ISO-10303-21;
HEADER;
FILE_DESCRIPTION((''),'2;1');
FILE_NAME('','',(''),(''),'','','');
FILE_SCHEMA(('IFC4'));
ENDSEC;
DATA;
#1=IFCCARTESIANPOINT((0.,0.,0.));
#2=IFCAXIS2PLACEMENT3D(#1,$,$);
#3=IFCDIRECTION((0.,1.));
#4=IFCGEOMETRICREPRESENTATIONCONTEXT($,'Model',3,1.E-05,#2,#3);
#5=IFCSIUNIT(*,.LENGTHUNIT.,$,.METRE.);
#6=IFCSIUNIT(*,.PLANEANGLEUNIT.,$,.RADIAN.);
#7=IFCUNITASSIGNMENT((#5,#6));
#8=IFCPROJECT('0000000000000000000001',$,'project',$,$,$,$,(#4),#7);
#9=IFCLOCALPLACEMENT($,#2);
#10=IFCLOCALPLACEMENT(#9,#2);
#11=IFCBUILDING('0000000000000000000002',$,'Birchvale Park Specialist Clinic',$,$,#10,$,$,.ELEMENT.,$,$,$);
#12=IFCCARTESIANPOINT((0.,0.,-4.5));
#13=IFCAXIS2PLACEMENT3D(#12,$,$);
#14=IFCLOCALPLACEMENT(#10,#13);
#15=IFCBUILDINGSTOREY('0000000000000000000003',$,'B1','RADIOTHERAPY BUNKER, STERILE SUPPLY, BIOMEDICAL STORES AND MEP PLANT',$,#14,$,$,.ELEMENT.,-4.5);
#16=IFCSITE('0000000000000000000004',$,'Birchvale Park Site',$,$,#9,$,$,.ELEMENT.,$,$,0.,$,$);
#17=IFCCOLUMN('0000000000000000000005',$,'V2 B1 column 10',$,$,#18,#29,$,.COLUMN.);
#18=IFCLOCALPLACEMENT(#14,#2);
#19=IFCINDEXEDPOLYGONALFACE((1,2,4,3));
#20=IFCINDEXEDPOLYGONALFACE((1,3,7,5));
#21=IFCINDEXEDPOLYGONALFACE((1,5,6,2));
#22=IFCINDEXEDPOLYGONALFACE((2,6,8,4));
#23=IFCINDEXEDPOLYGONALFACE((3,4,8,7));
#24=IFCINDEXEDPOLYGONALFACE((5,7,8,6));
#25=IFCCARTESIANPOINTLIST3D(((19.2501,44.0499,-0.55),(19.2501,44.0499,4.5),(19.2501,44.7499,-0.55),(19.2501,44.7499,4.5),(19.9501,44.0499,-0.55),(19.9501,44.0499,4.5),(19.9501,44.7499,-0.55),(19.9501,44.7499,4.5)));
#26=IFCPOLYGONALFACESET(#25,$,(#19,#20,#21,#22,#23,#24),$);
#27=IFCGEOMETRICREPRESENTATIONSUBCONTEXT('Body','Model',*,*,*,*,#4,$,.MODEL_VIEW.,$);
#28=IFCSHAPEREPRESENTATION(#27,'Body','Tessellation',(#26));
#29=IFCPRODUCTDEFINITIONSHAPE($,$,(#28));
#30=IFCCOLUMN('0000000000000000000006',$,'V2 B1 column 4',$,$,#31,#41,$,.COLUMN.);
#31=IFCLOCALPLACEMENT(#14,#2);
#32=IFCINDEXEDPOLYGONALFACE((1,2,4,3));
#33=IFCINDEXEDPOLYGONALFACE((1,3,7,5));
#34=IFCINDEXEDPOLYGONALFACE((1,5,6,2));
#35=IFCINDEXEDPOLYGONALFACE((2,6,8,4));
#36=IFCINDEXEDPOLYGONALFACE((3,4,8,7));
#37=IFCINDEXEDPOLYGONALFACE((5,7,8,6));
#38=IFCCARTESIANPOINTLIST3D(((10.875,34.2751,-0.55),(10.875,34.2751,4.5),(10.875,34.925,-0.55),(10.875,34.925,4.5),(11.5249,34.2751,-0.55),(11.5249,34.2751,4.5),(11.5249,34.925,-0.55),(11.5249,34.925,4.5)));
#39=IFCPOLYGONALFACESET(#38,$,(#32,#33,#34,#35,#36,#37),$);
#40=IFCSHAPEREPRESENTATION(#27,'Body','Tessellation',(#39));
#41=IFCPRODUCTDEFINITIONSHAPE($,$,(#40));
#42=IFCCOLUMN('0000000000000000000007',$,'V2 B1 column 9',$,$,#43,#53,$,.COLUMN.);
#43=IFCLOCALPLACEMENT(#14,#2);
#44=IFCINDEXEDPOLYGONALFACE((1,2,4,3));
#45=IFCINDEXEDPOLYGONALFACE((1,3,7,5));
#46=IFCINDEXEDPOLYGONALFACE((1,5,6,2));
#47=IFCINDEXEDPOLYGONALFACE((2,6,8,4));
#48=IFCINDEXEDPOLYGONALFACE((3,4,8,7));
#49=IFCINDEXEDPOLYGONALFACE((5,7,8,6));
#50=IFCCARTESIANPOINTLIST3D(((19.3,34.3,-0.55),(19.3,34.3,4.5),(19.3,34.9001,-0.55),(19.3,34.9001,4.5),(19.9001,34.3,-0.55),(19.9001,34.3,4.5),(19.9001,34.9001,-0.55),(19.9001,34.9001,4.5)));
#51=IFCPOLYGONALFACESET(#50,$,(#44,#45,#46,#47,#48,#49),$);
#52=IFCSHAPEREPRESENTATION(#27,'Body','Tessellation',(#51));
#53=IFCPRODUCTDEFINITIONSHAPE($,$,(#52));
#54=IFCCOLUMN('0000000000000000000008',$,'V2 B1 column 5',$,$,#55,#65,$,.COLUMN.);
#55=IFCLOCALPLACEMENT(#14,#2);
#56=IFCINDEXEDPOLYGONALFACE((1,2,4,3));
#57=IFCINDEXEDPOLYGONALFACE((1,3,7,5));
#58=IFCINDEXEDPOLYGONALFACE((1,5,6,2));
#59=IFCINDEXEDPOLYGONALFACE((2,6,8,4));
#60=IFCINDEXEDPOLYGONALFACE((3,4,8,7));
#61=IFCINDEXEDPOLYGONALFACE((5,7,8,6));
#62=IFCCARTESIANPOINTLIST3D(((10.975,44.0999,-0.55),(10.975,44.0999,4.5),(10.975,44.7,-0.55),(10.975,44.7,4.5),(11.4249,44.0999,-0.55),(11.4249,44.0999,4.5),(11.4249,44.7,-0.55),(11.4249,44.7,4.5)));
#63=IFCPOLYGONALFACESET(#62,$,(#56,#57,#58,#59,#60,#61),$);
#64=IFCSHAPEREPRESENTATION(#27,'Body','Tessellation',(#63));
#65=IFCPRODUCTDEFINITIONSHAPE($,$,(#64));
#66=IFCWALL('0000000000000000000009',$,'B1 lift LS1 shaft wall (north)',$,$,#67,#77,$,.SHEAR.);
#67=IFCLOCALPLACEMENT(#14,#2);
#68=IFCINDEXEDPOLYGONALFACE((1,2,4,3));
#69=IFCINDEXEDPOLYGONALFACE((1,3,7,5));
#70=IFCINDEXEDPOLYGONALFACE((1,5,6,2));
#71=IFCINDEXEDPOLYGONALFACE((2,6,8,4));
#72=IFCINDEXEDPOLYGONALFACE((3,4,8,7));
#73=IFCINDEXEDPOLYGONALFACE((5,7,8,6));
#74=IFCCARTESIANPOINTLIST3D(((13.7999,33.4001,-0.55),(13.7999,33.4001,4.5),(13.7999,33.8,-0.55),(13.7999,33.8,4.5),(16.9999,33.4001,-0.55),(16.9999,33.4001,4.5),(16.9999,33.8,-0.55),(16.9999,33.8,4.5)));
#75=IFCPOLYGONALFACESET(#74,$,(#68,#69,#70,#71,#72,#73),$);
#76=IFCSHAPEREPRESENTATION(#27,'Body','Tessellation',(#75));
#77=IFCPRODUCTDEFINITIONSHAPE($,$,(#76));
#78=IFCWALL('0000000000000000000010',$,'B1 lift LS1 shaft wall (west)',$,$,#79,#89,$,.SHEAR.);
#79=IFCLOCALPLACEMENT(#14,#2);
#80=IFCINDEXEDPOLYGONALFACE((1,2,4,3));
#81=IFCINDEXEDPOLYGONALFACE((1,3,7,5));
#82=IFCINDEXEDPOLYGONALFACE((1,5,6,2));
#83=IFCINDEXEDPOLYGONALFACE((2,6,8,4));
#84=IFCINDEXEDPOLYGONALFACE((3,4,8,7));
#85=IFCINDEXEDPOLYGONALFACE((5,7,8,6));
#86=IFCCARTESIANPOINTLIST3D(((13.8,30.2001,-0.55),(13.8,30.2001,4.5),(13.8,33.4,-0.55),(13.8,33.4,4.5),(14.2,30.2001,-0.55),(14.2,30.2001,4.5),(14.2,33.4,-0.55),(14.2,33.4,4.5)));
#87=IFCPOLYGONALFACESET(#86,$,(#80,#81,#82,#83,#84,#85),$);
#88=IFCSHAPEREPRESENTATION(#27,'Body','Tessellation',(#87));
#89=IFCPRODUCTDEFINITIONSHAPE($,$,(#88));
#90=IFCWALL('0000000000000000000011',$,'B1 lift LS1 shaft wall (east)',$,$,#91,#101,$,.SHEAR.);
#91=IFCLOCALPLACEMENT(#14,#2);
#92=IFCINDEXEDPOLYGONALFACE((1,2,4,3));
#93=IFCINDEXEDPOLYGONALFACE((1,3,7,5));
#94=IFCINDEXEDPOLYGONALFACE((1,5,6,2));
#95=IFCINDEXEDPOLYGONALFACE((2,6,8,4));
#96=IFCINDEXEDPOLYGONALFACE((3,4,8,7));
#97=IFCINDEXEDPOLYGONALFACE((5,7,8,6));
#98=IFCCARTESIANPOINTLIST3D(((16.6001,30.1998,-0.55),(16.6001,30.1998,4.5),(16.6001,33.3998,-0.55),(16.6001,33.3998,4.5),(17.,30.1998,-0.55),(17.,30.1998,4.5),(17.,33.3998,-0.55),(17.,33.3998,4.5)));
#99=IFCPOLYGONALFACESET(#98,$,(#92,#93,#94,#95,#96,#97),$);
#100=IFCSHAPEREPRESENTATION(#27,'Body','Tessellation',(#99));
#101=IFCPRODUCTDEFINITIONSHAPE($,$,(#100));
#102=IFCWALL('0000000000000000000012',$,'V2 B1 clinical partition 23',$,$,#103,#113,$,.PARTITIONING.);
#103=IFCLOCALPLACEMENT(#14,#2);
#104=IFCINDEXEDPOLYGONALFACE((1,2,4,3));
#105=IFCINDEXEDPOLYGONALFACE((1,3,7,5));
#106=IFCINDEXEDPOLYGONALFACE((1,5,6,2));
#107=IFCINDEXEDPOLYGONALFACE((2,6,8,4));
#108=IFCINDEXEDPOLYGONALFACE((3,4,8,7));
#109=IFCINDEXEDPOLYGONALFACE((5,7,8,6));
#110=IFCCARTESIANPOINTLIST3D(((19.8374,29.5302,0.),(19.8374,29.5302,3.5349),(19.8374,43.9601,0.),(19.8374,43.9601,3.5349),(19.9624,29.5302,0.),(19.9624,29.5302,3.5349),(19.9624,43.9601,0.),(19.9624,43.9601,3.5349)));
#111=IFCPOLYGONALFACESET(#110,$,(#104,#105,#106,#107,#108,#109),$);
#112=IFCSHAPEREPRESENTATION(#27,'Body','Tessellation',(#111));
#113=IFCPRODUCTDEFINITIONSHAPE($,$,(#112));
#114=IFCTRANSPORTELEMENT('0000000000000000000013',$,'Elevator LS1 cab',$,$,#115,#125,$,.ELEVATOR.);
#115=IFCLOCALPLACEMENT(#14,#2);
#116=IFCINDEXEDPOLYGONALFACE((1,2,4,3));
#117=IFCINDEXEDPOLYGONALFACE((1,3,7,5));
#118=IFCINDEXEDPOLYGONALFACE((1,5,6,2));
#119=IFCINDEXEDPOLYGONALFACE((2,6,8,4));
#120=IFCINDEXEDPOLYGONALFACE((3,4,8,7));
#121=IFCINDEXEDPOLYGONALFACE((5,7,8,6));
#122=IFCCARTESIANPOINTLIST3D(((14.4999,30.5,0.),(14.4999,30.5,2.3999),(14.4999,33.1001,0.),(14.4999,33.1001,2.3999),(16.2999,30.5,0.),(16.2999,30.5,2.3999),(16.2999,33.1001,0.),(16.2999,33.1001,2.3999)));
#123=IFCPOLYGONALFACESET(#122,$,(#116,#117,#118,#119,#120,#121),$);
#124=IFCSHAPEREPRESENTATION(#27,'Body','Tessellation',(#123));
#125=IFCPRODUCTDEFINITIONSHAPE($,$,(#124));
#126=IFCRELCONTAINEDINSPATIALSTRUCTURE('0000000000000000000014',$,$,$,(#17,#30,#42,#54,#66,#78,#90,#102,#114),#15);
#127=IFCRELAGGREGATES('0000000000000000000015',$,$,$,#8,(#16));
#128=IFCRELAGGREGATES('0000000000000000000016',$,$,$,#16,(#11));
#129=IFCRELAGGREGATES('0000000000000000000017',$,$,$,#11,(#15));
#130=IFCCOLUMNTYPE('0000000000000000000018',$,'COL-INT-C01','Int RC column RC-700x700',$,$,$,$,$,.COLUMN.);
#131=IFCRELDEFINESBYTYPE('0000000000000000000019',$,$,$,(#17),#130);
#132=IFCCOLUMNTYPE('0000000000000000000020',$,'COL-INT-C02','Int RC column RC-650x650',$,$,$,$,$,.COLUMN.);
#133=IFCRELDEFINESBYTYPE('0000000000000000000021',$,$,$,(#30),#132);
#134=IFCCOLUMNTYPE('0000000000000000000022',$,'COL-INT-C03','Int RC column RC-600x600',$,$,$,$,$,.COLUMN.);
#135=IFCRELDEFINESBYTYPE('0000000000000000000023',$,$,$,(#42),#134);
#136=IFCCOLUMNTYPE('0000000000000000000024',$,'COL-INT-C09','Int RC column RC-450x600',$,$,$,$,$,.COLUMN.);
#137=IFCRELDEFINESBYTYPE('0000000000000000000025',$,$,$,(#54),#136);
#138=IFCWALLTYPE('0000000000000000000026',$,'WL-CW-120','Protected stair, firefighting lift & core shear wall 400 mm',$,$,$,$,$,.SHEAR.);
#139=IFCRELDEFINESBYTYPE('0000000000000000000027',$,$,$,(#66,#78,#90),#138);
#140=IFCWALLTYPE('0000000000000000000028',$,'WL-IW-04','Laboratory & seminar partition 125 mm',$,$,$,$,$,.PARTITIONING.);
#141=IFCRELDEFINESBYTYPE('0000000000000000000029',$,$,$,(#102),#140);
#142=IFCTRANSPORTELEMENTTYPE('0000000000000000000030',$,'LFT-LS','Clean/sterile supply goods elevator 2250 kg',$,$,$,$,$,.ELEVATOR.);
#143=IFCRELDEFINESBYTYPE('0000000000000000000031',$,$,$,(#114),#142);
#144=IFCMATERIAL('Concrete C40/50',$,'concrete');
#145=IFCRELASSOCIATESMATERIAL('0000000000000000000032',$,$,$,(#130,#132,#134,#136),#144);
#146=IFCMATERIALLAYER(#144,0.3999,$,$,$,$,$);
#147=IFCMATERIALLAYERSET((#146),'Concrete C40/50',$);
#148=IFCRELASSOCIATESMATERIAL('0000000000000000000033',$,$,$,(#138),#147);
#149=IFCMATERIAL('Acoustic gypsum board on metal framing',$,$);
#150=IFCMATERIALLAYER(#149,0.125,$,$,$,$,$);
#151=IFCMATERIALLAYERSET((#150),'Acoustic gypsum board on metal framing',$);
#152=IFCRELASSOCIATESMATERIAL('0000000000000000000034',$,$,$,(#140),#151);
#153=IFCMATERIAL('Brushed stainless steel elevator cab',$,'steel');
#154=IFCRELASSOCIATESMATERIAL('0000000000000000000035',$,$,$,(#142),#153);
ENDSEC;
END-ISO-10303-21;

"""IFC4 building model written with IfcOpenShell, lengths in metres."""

from ifc_helpers import new_model, si_unit, direction, frame, frame_2d, origin, origin_2d, place, context, subcontext, project, spatial, rectangle, extrude, material, layer, layer_set, material_profile, profile_set, type_object, element, save


model = new_model("IFC4")

# Units and contexts
model_context = context("Model", 3, precision=1e-05, world=origin(), true_north=direction((0.0, 1.0)))
body_context = subcontext(model_context, "Body", "Model", "MODEL_VIEW")
ifc_project = project(units=[si_unit("LENGTHUNIT", "METRE"), si_unit("PLANEANGLEUNIT", "RADIAN")], contexts=[model_context])

# Site, building, storey
site_placement = place(None, origin())
site = spatial("IfcSite", under=ifc_project, at=site_placement, Name="Birchvale Park Site", CompositionType="ELEMENT", RefElevation=0.0)
building_placement = place(site_placement, origin())
building = spatial("IfcBuilding", under=site, at=building_placement, Name="Birchvale Park Specialist Clinic", CompositionType="ELEMENT")
storey_placement = place(building_placement, frame((0.0, 0.0, -4.5)))
storey = spatial("IfcBuildingStorey", under=building, at=storey_placement, Name="B1", Description="RADIOTHERAPY BUNKER, STERILE SUPPLY, BIOMEDICAL STORES AND MEP PLANT", CompositionType="ELEMENT", Elevation=-4.5)

# Shared definitions
ifc_material_1 = material(Name="Concrete C40/50", Category="concrete")

# Columns
ifc_material_profile_1 = material_profile(ifc_material_1, rectangle(XDim=0.7, YDim=0.7, at=origin_2d()), Name="RC-700x700")
ifc_profile_set_1 = profile_set([ifc_material_profile_1], Name="Concrete C40/50")
column_type_1 = type_object("IfcColumnType", Name="COL-INT-C01", Description="Int RC column RC-700x700", PredefinedType="COLUMN", material=ifc_profile_set_1)
column_1_placement = place(storey_placement, frame((19.6001, 44.3999, -0.55), z_axis=(0.0, 0.0, 1.0), x_axis=(1.0, 0.0, 0.0)))
element("IfcColumn", 1, at=column_1_placement, inside=storey, type_object=column_type_1, Name="V2 B1 column 10", PredefinedType="COLUMN", context=body_context, shape_type="SweptSolid", body=[
    extrude(rectangle(XDim=0.7, YDim=0.7, at=origin_2d()), origin(), (0.0, 0.0, 1.0), 5.05),
])
ifc_material_profile_2 = material_profile(ifc_material_1, rectangle(XDim=0.6499, YDim=0.6499, at=origin_2d()), Name="RC-650x650")
ifc_profile_set_2 = profile_set([ifc_material_profile_2], Name="Concrete C40/50")
column_type_2 = type_object("IfcColumnType", Name="COL-INT-C02", Description="Int RC column RC-650x650", PredefinedType="COLUMN", material=ifc_profile_set_2)
column_2_placement = place(storey_placement, frame((11.2, 34.6001, -0.55), z_axis=(0.0, 0.0, 1.0), x_axis=(1.0, 0.0, 0.0)))
element("IfcColumn", 2, at=column_2_placement, inside=storey, type_object=column_type_2, Name="V2 B1 column 4", PredefinedType="COLUMN", context=body_context, shape_type="SweptSolid", body=[
    extrude(rectangle(XDim=0.6499, YDim=0.6499, at=origin_2d()), origin(), (0.0, 0.0, 1.0), 5.05),
])
ifc_material_profile_3 = material_profile(ifc_material_1, rectangle(XDim=0.6001, YDim=0.6001, at=origin_2d()), Name="RC-600x600")
ifc_profile_set_3 = profile_set([ifc_material_profile_3], Name="Concrete C40/50")
column_type_3 = type_object("IfcColumnType", Name="COL-INT-C03", Description="Int RC column RC-600x600", PredefinedType="COLUMN", material=ifc_profile_set_3)
column_3_placement = place(storey_placement, frame((19.6001, 34.6001, -0.55), z_axis=(0.0, 0.0, 1.0), x_axis=(1.0, 0.0, 0.0)))
element("IfcColumn", 3, at=column_3_placement, inside=storey, type_object=column_type_3, Name="V2 B1 column 9", PredefinedType="COLUMN", context=body_context, shape_type="SweptSolid", body=[
    extrude(rectangle(XDim=0.6001, YDim=0.6001, at=origin_2d()), origin(), (0.0, 0.0, 1.0), 5.05),
])
ifc_material_profile_4 = material_profile(ifc_material_1, rectangle(XDim=0.45, YDim=0.6001, at=origin_2d()), Name="RC-450x600")
ifc_profile_set_4 = profile_set([ifc_material_profile_4], Name="Concrete C40/50")
column_type_4 = type_object("IfcColumnType", Name="COL-INT-C09", Description="Int RC column RC-450x600", PredefinedType="COLUMN", material=ifc_profile_set_4)
column_4_placement = place(storey_placement, frame((11.2, 44.3999, -0.55), z_axis=(0.0, 0.0, 1.0), x_axis=(1.0, 0.0, 0.0)))
element("IfcColumn", 4, at=column_4_placement, inside=storey, type_object=column_type_4, Name="V2 B1 column 5", PredefinedType="COLUMN", context=body_context, shape_type="SweptSolid", body=[
    extrude(rectangle(XDim=0.45, YDim=0.6001, at=origin_2d()), origin(), (0.0, 0.0, 1.0), 5.05),
])

# Walls
ifc_layer_1 = layer(ifc_material_1, 0.3999)
ifc_layer_set_1 = layer_set([ifc_layer_1], Name="Concrete C40/50")
wall_type_1 = type_object("IfcWallType", Name="WL-CW-120", Description="Protected stair, firefighting lift & core shear wall 400 mm", PredefinedType="SHEAR", material=ifc_layer_set_1)
for number, where, z_axis, x_axis, name in (
    (5, (17.0, 33.6001, -0.55), (0.0, 0.0, 1.0), (-1.0, 0.0, 0.0), "B1 lift LS1 shaft wall (north)"),
    (6, (14.0, 30.2, -0.55), (0.0, 0.0, 1.0), (0.0, 1.0, 0.0), "B1 lift LS1 shaft wall (west)"),
    (7, (16.8, 33.3999, -0.55), (0.0, 0.0, 1.0), (0.0, -1.0, 0.0), "B1 lift LS1 shaft wall (east)"),
):
    element("IfcWall", number, at=place(storey_placement, frame(where, z_axis=z_axis, x_axis=x_axis)), inside=storey, type_object=wall_type_1, Name=name, PredefinedType="SHEAR", context=body_context, shape_type="SweptSolid", body=[
        extrude(rectangle(XDim=3.2, YDim=0.3999, at=frame_2d((1.6001, 0.0))), origin(), (0.0, 0.0, 1.0), 5.05),
    ])
ifc_material_2 = material(Name="Acoustic gypsum board on metal framing")
ifc_layer_2 = layer(ifc_material_2, 0.125)
ifc_layer_set_2 = layer_set([ifc_layer_2], Name="Acoustic gypsum board on metal framing")
wall_type_2 = type_object("IfcWallType", Name="WL-IW-04", Description="Laboratory & seminar partition 125 mm", PredefinedType="PARTITIONING", material=ifc_layer_set_2)
wall_placement = place(storey_placement, frame((19.8999, 43.96, 0.0), z_axis=(0.0, 0.0, 1.0), x_axis=(0.0, -1.0, 0.0)))
element("IfcWall", 8, at=wall_placement, inside=storey, type_object=wall_type_2, Name="V2 B1 clinical partition 23", PredefinedType="PARTITIONING", context=body_context, shape_type="SweptSolid", body=[
    extrude(rectangle(XDim=14.4299, YDim=0.125, at=frame_2d((7.2148, 0.0))), origin(), (0.0, 0.0, 1.0), 3.5349),
])

# Transport element
ifc_material_3 = material(Name="Brushed stainless steel elevator cab", Category="steel")
transport_element_type = type_object("IfcTransportElementType", Name="LFT-LS", Description="Clean/sterile supply goods elevator 2250 kg", PredefinedType="ELEVATOR", material=ifc_material_3)
transport_element_placement = place(storey_placement, frame((15.3999, 31.8, 0.0), z_axis=(0.0, 0.0, 1.0), x_axis=(1.0, 0.0, 0.0)))
element("IfcTransportElement", 9, at=transport_element_placement, inside=storey, type_object=transport_element_type, Name="Elevator LS1 cab", PredefinedType="ELEVATOR", context=body_context, shape_type="SweptSolid", body=[
    extrude(rectangle(XDim=1.8, YDim=2.6001, at=origin_2d()), origin(), (0.0, 0.0, 1.0), 2.3999),
])

save(model, "model.ifc")
